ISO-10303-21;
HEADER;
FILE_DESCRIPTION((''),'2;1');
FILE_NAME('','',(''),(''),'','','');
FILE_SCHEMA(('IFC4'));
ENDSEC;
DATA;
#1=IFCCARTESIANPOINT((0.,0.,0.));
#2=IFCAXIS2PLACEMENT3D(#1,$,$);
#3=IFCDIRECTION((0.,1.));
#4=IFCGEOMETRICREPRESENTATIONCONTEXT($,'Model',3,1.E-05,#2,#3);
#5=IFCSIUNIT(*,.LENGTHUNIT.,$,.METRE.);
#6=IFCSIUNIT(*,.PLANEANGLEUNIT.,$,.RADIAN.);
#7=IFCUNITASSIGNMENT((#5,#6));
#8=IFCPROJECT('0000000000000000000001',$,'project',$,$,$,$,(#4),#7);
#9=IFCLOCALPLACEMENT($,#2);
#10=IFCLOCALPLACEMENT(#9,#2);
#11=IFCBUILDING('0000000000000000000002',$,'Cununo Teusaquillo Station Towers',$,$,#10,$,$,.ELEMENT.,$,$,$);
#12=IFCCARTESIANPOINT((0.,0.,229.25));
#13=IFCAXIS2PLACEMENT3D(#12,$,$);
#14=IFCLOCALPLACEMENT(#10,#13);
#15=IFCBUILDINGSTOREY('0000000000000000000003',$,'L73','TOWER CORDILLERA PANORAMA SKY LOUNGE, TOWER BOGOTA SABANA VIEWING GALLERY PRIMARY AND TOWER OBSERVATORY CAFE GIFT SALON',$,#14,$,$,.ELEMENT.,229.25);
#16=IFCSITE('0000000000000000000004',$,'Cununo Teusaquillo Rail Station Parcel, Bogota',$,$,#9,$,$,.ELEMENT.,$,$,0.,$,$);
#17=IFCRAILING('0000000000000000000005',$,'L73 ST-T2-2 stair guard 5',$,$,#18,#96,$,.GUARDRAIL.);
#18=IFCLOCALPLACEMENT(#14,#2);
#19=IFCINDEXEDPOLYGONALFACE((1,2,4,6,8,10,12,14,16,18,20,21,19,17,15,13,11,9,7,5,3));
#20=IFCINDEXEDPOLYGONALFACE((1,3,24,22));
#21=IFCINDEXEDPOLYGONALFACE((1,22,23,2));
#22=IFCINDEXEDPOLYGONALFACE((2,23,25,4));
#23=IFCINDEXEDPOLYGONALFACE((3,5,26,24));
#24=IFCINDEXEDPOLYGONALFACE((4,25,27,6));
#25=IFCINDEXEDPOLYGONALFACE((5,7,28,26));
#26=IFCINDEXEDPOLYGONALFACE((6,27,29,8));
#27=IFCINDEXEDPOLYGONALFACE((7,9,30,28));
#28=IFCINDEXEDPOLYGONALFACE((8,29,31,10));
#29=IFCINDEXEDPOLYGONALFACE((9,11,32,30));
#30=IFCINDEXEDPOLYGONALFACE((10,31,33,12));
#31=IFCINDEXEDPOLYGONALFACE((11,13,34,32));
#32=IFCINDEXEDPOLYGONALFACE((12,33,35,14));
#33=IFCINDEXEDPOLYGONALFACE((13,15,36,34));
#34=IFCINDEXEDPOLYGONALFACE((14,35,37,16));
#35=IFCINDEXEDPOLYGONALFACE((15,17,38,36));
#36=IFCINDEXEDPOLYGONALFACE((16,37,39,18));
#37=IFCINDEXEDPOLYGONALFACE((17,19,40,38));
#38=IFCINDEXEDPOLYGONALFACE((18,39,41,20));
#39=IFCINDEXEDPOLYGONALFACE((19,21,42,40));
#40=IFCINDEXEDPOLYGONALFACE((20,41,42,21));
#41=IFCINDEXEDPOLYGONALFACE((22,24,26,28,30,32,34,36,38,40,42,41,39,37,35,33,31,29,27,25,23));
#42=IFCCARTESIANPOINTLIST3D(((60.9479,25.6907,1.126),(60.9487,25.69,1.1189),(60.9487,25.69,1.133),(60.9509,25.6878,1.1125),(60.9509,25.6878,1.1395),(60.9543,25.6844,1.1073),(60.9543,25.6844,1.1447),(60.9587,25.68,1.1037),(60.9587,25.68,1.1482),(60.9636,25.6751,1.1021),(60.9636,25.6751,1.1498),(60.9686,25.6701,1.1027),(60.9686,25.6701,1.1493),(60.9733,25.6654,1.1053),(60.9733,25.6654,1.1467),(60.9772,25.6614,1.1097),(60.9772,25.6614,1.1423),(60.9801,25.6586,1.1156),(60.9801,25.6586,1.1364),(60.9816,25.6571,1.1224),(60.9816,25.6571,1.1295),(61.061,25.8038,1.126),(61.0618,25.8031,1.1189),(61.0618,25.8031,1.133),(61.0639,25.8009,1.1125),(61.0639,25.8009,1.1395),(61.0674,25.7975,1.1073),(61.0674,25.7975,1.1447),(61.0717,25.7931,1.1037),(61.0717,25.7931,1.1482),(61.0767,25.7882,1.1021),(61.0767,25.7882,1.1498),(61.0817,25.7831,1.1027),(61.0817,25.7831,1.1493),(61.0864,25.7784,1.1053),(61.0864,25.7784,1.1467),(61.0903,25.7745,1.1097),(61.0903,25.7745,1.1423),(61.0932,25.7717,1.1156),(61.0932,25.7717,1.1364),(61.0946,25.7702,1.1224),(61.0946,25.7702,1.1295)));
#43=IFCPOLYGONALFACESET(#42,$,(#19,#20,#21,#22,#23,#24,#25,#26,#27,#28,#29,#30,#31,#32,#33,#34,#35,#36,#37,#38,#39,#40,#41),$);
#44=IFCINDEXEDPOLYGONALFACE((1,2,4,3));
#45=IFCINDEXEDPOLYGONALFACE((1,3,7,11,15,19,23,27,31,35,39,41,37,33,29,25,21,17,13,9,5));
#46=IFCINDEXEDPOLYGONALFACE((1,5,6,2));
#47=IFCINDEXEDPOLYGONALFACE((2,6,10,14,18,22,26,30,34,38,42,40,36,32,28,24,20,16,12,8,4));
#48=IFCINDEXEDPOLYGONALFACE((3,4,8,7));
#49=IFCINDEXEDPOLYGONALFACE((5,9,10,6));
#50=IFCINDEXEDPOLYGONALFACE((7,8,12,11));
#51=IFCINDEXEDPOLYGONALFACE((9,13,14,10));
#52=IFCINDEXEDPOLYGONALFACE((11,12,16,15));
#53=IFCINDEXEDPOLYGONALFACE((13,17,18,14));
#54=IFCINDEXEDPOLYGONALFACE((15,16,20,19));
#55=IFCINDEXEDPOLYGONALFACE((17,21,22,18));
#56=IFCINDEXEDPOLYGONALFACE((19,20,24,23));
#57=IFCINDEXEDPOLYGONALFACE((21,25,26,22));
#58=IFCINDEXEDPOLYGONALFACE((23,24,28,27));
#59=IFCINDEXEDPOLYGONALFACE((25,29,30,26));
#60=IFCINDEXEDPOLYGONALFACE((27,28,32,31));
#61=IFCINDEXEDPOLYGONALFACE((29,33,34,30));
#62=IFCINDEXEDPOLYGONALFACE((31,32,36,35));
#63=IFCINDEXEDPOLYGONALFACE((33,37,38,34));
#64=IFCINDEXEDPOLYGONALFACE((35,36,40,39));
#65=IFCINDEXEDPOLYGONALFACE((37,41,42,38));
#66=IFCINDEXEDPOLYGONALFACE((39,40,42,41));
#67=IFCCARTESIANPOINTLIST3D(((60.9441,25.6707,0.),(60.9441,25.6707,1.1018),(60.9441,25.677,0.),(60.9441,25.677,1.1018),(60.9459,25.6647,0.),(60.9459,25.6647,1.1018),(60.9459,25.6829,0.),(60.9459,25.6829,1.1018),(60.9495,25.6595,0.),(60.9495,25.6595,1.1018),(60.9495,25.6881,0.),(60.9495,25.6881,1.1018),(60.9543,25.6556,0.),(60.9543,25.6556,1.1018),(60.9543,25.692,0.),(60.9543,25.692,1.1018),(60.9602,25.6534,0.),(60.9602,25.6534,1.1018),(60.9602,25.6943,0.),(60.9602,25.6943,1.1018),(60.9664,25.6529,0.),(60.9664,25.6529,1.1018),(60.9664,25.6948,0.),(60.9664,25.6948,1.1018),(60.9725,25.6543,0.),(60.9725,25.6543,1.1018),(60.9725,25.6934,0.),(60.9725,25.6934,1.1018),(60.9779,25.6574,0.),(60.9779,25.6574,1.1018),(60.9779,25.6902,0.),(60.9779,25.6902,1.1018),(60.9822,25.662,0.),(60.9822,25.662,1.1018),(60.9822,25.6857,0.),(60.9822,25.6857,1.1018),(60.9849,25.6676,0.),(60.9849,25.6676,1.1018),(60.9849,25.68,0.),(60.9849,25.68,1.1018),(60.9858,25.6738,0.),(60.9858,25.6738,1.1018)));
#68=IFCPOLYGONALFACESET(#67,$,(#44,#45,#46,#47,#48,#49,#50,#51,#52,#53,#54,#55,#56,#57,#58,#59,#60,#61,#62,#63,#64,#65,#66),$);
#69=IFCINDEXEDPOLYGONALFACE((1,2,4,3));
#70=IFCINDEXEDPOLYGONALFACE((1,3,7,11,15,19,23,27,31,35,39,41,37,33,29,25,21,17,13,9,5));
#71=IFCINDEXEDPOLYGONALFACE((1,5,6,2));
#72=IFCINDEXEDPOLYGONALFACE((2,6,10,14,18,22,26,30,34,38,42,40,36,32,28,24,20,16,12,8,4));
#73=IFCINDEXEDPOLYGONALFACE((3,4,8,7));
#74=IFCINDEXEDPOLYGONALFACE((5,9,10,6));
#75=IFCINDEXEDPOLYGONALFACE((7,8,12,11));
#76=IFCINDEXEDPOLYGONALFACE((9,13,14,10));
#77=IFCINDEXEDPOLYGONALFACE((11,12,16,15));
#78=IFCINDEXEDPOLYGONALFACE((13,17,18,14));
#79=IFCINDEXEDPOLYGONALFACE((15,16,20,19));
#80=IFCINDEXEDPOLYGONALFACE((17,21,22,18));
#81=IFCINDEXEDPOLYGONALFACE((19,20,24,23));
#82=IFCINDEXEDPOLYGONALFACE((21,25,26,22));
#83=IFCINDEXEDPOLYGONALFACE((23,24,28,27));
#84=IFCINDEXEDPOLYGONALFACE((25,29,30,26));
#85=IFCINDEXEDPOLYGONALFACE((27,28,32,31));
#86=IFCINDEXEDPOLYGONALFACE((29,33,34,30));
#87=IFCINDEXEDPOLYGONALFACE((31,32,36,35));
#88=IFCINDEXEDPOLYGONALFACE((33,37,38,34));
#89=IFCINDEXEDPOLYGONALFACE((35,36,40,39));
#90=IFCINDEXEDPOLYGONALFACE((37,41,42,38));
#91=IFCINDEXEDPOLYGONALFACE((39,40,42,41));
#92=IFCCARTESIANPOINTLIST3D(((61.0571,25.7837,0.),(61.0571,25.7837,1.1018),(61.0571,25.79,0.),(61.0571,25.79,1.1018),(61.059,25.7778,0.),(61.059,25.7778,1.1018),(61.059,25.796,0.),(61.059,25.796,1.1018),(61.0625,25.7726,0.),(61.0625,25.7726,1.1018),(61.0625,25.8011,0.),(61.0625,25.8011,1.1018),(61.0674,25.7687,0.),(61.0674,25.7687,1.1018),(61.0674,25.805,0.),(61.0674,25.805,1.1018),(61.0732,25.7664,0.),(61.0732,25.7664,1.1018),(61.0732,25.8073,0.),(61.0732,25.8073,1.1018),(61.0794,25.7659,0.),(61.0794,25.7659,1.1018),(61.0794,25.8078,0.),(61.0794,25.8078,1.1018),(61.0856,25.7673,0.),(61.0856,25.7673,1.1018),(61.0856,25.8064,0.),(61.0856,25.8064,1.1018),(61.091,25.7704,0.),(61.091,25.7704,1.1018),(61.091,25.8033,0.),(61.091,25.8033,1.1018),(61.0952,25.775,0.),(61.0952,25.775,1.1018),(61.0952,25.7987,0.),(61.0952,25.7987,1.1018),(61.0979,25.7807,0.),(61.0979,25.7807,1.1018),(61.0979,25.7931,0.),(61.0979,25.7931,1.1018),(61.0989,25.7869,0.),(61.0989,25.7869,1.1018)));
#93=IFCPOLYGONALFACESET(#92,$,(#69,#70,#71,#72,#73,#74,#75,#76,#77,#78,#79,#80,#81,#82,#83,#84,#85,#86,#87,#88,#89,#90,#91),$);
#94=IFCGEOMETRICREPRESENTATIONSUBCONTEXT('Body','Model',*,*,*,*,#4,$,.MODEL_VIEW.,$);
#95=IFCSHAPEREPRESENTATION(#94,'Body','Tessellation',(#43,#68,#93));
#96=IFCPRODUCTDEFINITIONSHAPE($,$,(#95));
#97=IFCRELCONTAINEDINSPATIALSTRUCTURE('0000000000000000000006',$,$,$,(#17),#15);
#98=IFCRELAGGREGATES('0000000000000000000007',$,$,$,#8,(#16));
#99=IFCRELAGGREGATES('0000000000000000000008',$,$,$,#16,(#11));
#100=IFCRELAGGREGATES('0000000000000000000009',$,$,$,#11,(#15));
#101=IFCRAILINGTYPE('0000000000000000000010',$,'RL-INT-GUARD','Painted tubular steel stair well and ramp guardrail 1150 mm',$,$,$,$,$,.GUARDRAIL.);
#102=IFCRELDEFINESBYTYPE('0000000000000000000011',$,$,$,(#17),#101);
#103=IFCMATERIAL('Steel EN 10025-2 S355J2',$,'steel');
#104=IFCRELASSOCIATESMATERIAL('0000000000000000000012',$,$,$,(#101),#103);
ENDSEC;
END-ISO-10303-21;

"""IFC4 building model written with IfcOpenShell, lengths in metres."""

from ifc_helpers import new_model, si_unit, direction, frame, origin, origin_2d, place, context, subcontext, project, spatial, circle, extrude, material, type_object, element, save


model = new_model("IFC4")

# Units and contexts
model_context = context("Model", 3, precision=1e-05, world=origin(), true_north=direction((0.0, 1.0)))
body_context = subcontext(model_context, "Body", "Model", "MODEL_VIEW")
ifc_project = project(units=[si_unit("LENGTHUNIT", "METRE"), si_unit("PLANEANGLEUNIT", "RADIAN")], contexts=[model_context])

# Site, building, storey
site_placement = place(None, origin())
site = spatial("IfcSite", under=ifc_project, at=site_placement, Name="Cununo Teusaquillo Rail Station Parcel, Bogota", CompositionType="ELEMENT", RefElevation=0.0)
building_placement = place(site_placement, origin())
building = spatial("IfcBuilding", under=site, at=building_placement, Name="Cununo Teusaquillo Station Towers", CompositionType="ELEMENT")
storey_placement = place(building_placement, frame((0.0, 0.0, 229.25)))
storey = spatial("IfcBuildingStorey", under=building, at=storey_placement, Name="L73", Description="TOWER CORDILLERA PANORAMA SKY LOUNGE, TOWER BOGOTA SABANA VIEWING GALLERY PRIMARY AND TOWER OBSERVATORY CAFE GIFT SALON", CompositionType="ELEMENT", Elevation=229.25)

# Railing
ifc_material_1 = material(Name="Steel EN 10025-2 S355J2", Category="steel")
railing_type_1 = type_object("IfcRailingType", Name="RL-INT-GUARD", Description="Painted tubular steel stair well and ramp guardrail 1150 mm", PredefinedType="GUARDRAIL", material=ifc_material_1)
railing_1_placement = place(storey_placement, frame((60.9648, 25.6738, 0.0)))
element("IfcRailing", 1, at=railing_1_placement, inside=storey, type_object=railing_type_1, Name="L73 ST-T2-2 stair guard 5", PredefinedType="GUARDRAIL", context=body_context, shape_type="SweptSolid", body=[
    extrude(circle(Radius=0.0239, at=origin_2d()), frame((0.0, 0.0, 1.126), z_axis=(0.707107, 0.707107, 0.0), x_axis=(-0.707107, 0.707107, 0.0)), (0.0, 0.0, 1.0), 0.1599),
    extrude(circle(Radius=0.021, at=origin_2d()), origin(), (0.0, 0.0, 1.0), 1.1018),
    extrude(circle(Radius=0.021, at=origin_2d()), frame((0.113, 0.113, 0.0)), (0.0, 0.0, 1.0), 1.1018),
])

save(model, "model.ifc")
